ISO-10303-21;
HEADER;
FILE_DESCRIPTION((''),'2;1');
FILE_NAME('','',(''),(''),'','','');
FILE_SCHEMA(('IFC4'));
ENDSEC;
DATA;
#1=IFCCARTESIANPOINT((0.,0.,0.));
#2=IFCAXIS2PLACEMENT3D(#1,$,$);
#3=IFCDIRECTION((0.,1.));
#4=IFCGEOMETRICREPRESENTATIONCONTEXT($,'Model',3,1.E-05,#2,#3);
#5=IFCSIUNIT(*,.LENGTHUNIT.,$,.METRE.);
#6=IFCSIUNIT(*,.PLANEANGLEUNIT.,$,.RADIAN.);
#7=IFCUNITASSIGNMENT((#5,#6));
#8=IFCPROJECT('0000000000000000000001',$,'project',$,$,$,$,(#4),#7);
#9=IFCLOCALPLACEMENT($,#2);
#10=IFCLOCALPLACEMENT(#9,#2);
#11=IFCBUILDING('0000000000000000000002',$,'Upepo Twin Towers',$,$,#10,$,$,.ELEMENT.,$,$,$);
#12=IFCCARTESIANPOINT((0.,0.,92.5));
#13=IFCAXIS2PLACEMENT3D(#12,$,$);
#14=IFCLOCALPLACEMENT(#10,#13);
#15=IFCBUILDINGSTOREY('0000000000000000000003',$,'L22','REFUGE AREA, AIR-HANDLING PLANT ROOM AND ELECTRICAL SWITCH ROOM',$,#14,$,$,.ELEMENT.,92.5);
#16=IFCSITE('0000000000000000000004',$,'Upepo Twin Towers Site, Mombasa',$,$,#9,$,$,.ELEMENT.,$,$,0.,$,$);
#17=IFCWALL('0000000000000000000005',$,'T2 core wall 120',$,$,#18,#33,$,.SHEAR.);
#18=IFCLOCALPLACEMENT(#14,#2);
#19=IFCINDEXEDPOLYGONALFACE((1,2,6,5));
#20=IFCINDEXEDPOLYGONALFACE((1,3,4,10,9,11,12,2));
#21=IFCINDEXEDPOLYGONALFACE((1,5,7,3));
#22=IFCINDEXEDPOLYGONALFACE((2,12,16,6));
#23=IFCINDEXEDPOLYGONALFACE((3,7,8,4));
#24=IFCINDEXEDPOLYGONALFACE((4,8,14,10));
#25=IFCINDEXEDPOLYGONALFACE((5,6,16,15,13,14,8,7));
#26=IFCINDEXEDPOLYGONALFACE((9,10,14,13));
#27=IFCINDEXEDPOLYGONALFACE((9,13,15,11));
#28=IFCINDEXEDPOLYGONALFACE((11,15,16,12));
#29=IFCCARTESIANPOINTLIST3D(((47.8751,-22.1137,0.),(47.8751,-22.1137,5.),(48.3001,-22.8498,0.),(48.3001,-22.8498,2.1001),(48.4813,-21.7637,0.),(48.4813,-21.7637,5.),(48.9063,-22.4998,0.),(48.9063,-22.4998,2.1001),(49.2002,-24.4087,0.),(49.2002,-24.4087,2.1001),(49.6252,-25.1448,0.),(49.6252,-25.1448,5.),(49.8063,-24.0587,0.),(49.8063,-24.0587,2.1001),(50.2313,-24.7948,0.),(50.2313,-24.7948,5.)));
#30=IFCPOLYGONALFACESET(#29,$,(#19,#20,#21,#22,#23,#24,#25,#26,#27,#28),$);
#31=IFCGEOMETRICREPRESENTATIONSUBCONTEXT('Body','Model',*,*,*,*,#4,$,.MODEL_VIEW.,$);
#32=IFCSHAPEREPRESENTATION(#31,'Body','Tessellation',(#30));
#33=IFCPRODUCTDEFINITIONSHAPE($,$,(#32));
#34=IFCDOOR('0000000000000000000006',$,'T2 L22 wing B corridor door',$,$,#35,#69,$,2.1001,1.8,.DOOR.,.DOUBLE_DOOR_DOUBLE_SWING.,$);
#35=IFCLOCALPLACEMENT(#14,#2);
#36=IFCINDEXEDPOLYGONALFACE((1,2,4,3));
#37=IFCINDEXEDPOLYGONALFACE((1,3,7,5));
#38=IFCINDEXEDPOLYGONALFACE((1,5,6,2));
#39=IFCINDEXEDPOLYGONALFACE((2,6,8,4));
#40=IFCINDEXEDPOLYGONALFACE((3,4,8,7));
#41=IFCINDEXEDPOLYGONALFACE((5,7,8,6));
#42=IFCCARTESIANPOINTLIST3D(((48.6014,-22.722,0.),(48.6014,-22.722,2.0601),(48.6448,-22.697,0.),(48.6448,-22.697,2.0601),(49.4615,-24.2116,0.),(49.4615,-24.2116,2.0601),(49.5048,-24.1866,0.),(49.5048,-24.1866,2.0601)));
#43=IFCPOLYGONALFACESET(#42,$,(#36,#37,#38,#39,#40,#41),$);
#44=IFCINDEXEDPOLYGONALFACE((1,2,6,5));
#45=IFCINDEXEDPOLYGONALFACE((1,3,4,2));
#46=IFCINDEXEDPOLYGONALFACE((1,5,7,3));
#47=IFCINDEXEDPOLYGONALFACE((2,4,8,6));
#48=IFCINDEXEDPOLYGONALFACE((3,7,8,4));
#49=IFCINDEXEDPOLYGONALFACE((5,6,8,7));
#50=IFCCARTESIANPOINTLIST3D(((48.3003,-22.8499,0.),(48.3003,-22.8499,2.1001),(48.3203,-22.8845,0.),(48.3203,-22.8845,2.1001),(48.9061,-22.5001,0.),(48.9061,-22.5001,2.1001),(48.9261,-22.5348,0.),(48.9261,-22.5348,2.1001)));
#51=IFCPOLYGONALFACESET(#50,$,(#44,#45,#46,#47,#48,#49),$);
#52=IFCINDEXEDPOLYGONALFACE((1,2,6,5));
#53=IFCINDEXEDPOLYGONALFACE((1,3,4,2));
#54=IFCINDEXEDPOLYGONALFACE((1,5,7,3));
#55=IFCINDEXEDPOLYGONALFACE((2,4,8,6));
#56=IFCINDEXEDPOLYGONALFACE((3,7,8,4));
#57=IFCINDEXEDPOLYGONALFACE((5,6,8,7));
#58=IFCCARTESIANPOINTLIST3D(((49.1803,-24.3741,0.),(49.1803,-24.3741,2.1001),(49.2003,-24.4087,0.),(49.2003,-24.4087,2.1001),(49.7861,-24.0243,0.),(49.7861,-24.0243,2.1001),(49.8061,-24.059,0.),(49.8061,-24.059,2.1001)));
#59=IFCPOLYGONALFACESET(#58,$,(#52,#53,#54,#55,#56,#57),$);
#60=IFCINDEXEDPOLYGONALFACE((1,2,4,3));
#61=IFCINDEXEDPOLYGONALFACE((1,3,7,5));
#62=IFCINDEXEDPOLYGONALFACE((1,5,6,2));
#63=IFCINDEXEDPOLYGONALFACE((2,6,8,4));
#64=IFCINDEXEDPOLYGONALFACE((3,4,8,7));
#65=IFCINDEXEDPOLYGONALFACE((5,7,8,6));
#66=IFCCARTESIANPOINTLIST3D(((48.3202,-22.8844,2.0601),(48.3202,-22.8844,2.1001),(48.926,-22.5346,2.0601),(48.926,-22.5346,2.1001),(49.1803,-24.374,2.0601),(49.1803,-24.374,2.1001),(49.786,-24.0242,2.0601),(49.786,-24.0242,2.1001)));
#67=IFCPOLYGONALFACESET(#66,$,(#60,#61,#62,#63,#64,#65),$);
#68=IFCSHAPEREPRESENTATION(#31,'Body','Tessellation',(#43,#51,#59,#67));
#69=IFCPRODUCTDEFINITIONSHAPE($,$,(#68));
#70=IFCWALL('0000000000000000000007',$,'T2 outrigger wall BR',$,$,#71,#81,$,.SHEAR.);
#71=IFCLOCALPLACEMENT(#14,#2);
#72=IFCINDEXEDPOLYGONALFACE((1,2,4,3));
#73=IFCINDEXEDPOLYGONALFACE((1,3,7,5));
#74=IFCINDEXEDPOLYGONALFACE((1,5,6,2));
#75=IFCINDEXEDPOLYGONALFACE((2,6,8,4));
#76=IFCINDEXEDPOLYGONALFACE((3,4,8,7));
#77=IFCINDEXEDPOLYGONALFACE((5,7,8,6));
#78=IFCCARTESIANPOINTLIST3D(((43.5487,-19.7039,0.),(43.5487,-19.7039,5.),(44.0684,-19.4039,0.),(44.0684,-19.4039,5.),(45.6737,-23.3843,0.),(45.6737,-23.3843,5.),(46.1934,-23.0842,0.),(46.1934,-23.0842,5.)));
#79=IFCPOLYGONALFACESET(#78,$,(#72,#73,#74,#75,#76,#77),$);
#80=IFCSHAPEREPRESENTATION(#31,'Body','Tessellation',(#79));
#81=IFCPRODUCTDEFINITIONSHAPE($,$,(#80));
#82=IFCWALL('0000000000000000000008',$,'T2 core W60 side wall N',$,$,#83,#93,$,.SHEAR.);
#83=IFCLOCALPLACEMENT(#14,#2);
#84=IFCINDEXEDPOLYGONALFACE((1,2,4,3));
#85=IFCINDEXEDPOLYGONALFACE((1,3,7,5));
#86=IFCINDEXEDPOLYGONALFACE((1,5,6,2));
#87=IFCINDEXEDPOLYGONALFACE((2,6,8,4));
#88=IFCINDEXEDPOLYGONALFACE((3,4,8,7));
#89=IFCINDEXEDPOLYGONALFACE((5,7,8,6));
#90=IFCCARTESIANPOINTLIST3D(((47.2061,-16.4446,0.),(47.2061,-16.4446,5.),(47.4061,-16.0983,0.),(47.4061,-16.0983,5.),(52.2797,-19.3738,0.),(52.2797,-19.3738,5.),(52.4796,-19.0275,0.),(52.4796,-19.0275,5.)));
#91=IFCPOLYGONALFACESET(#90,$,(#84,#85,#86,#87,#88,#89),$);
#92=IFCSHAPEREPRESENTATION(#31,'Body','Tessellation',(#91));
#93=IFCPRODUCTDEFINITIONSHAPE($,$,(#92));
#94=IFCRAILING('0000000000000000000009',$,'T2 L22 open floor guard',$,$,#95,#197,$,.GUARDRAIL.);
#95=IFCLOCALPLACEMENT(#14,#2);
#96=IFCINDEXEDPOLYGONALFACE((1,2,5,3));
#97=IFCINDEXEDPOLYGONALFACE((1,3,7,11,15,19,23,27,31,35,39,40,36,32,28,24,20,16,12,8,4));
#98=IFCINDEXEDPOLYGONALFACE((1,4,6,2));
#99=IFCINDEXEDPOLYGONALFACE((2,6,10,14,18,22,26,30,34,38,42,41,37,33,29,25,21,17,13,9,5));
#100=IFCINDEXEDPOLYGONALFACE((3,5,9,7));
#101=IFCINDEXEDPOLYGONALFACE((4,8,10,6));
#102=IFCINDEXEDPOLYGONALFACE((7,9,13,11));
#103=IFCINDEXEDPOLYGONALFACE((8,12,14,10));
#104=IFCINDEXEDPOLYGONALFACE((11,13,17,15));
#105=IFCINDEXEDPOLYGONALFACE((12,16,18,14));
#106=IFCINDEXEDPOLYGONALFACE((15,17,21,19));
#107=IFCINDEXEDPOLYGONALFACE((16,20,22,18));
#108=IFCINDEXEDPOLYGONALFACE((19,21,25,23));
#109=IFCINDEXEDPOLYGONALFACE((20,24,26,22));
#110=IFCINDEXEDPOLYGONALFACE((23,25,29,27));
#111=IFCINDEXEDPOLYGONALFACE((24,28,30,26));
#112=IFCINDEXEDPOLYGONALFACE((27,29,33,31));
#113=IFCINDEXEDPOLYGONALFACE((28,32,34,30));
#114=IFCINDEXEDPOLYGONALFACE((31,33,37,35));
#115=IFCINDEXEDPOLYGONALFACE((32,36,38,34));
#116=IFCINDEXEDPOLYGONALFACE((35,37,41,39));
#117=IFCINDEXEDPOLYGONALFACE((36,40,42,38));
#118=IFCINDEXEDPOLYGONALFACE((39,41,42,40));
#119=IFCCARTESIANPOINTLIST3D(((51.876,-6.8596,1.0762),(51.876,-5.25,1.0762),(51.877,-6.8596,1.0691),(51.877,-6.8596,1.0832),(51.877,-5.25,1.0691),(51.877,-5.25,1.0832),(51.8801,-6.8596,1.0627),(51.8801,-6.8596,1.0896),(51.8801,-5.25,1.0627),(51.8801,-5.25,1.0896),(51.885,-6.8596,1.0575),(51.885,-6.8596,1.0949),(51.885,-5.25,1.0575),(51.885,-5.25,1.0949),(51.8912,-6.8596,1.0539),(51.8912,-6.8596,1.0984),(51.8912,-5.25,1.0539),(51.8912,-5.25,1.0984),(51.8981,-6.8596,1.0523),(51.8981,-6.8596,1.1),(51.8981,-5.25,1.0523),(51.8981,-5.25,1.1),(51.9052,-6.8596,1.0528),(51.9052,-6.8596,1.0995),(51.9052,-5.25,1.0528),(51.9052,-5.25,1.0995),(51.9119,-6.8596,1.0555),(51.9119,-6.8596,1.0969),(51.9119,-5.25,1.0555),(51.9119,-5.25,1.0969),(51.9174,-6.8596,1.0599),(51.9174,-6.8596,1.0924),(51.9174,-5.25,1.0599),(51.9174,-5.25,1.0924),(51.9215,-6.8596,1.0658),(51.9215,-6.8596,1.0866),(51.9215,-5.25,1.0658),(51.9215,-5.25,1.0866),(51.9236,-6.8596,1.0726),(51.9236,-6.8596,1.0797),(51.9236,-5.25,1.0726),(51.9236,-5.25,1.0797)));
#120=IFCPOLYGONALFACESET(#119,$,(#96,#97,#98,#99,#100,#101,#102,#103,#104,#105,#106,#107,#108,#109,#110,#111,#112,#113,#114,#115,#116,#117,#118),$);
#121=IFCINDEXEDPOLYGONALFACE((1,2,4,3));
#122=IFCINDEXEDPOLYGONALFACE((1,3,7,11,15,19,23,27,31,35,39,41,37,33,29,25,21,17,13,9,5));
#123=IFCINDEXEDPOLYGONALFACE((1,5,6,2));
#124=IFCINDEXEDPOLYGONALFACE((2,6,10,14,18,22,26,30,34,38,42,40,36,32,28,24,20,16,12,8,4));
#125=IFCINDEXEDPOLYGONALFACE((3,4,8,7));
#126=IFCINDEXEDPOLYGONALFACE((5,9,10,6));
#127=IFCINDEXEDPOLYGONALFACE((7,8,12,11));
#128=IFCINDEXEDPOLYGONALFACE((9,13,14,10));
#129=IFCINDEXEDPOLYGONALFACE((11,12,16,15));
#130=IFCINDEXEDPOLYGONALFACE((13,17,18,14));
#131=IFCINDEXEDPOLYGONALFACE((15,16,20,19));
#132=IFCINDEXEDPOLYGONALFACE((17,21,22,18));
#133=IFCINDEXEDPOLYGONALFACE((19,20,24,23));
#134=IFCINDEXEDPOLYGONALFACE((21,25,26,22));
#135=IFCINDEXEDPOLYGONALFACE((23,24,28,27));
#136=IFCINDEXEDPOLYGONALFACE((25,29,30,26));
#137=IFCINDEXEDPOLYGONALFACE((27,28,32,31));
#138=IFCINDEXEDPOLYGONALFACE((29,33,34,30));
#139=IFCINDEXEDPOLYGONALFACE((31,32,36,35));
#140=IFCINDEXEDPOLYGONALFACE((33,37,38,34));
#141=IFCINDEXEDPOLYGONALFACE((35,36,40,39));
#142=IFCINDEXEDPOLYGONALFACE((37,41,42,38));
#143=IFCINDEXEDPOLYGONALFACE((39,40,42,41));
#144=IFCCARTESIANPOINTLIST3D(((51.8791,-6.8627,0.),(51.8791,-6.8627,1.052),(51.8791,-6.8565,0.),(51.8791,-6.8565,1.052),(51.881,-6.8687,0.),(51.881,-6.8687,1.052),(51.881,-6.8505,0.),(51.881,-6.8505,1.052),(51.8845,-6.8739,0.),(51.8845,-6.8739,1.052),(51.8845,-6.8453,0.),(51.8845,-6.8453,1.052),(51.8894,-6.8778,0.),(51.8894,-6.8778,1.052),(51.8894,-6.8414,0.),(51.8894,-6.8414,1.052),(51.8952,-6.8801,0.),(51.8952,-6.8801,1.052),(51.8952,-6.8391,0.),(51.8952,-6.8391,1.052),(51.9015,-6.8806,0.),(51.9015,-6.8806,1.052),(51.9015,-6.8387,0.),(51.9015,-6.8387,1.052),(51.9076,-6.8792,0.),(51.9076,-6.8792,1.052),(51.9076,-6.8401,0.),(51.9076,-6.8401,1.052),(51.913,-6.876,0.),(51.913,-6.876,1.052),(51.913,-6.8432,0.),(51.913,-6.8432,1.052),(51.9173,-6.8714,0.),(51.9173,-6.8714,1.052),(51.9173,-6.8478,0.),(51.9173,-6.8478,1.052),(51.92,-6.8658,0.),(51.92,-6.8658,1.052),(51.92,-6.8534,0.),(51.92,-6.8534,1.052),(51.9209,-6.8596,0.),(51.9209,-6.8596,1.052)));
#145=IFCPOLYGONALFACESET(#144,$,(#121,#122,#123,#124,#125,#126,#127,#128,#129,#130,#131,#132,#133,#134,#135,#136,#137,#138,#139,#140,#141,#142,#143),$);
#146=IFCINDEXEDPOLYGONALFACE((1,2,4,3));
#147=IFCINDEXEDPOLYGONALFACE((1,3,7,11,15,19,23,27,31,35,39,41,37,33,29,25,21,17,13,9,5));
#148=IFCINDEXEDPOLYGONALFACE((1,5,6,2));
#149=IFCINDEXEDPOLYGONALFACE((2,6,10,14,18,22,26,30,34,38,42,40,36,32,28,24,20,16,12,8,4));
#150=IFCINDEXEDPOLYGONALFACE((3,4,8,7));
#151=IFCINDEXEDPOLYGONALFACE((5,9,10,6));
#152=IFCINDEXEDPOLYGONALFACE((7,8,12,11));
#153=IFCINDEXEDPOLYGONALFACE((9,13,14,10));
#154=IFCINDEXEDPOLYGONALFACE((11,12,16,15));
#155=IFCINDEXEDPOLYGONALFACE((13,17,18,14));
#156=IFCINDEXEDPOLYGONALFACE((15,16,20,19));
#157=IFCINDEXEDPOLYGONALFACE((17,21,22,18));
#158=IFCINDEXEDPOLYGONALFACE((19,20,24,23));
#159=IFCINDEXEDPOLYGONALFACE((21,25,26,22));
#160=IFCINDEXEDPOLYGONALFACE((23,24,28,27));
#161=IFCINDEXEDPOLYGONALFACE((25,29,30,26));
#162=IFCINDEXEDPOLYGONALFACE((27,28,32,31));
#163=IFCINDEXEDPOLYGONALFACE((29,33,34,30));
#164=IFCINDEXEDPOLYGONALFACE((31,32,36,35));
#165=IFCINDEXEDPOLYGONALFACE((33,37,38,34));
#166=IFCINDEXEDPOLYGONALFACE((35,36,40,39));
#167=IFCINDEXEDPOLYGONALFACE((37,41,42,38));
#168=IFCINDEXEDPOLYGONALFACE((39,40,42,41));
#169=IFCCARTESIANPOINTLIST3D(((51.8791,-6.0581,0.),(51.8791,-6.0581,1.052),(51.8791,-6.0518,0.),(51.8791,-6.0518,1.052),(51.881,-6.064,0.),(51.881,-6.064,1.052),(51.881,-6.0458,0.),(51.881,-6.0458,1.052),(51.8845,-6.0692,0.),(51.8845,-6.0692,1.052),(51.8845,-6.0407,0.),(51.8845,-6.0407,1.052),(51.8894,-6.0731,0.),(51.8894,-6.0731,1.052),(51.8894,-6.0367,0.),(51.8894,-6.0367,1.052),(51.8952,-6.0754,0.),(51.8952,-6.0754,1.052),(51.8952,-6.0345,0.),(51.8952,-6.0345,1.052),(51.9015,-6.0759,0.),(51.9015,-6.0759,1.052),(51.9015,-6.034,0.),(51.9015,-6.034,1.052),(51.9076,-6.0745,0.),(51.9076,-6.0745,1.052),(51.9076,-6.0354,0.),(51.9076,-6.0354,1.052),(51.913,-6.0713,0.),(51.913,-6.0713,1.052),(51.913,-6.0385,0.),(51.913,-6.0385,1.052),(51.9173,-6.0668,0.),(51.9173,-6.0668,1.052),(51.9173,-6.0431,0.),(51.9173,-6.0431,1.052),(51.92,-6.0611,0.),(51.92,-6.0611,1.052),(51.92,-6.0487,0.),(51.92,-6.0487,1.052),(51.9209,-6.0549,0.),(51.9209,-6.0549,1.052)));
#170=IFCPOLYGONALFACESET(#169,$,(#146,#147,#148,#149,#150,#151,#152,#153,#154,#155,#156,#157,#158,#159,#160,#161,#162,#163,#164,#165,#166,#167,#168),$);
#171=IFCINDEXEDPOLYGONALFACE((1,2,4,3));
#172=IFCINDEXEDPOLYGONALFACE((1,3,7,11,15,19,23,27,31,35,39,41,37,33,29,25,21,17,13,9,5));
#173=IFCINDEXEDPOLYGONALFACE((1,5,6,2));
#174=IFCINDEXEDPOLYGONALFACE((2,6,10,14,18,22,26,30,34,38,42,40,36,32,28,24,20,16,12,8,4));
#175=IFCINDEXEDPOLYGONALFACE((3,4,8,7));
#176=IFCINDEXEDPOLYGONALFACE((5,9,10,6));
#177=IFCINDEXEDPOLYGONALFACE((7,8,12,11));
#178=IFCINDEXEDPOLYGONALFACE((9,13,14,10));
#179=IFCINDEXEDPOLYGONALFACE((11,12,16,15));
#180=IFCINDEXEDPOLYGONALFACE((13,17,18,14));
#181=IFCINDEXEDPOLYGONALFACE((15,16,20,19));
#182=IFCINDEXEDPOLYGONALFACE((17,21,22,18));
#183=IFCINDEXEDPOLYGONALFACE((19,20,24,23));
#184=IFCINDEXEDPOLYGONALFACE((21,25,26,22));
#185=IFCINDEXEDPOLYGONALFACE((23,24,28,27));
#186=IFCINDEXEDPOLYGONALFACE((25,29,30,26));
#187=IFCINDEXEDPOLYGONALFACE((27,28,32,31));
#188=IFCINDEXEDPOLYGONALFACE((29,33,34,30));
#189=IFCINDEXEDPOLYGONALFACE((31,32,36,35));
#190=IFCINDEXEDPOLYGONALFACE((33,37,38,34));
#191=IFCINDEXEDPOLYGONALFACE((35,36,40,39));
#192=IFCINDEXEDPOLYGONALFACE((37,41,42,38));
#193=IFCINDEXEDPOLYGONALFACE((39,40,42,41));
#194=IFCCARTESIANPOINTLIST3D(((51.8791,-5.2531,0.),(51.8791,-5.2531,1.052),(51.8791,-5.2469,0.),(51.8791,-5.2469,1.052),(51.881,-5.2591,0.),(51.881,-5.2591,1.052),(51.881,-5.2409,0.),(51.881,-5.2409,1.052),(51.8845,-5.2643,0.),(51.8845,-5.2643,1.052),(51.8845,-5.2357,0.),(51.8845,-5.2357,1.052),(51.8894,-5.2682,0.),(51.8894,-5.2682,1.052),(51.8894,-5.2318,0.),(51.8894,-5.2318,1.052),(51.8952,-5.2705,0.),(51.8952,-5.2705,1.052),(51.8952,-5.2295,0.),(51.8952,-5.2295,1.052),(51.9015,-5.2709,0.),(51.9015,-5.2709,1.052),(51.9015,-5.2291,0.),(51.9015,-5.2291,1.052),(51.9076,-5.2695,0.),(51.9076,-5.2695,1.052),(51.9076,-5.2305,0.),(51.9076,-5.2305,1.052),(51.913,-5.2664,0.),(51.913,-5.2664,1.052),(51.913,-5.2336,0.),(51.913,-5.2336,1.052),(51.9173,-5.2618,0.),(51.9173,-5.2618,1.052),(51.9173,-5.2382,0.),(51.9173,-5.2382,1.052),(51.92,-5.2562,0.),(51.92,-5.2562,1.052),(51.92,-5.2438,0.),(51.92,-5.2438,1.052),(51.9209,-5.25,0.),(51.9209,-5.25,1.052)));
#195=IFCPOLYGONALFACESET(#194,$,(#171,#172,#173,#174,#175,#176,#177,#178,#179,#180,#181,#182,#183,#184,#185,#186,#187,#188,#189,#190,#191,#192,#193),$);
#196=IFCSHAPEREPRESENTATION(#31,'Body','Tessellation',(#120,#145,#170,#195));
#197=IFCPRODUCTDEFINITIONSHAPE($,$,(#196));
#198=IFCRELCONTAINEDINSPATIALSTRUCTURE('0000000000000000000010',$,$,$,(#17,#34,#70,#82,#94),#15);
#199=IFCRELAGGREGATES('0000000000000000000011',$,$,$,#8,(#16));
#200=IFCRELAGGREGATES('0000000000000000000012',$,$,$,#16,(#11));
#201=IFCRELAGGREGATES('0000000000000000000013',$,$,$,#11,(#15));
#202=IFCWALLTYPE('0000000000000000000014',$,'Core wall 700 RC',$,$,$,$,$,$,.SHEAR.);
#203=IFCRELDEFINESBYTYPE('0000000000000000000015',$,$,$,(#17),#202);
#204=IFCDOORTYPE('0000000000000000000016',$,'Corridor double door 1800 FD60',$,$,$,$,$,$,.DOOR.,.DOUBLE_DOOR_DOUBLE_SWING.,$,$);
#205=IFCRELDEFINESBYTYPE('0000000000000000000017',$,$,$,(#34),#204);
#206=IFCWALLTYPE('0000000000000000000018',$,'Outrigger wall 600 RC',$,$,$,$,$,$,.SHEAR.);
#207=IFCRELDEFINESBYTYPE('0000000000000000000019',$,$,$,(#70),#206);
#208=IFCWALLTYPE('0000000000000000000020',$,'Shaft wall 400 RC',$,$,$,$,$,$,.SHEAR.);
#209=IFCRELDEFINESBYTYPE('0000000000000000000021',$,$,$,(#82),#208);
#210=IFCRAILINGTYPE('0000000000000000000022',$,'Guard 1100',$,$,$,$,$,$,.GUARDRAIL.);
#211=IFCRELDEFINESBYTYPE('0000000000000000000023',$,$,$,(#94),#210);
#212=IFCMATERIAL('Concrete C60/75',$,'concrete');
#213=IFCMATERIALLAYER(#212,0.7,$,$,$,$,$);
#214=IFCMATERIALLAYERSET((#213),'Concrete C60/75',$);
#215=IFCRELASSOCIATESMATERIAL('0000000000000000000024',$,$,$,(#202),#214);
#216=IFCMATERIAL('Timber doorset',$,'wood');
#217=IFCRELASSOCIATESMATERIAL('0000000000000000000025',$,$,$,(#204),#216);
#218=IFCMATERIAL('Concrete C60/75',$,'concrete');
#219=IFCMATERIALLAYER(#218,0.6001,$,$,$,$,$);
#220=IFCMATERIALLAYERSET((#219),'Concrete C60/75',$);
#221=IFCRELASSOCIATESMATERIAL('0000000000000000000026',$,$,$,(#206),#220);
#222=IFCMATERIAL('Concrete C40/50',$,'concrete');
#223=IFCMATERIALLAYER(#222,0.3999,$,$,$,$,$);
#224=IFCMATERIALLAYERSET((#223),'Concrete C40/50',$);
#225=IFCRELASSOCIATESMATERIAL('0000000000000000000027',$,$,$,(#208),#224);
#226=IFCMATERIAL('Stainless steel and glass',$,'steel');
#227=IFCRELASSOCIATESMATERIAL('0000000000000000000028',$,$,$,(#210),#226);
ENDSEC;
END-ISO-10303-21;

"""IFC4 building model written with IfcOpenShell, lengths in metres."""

from ifc_helpers import new_model, si_unit, direction, frame, frame_2d, origin, origin_2d, place, context, subcontext, project, spatial, rectangle, circle, extrude, material, layer, layer_set, type_object, element, fill, save


model = new_model("IFC4")

# Units and contexts
model_context = context("Model", 3, precision=1e-05, world=origin(), true_north=direction((0.0, 1.0)))
body_context = subcontext(model_context, "Body", "Model", "MODEL_VIEW")
ifc_project = project(units=[si_unit("LENGTHUNIT", "METRE"), si_unit("PLANEANGLEUNIT", "RADIAN")], contexts=[model_context])

# Site, building, storey
site_placement = place(None, origin())
site = spatial("IfcSite", under=ifc_project, at=site_placement, Name="Upepo Twin Towers Site, Mombasa", CompositionType="ELEMENT", RefElevation=0.0)
building_placement = place(site_placement, origin())
building = spatial("IfcBuilding", under=site, at=building_placement, Name="Upepo Twin Towers", CompositionType="ELEMENT")
storey_placement = place(building_placement, frame((0.0, 0.0, 92.5)))
storey = spatial("IfcBuildingStorey", under=building, at=storey_placement, Name="L22", Description="REFUGE AREA, AIR-HANDLING PLANT ROOM AND ELECTRICAL SWITCH ROOM", CompositionType="ELEMENT", Elevation=92.5)

# Shared definitions
ifc_material_1 = material(Name="Concrete C60/75", Category="concrete")
ifc_layer_1 = layer(ifc_material_1, 0.7)
ifc_layer_set_1 = layer_set([ifc_layer_1], Name="Concrete C60/75")
wall_type_1 = type_object("IfcWallType", Name="Core wall 700 RC", PredefinedType="SHEAR", material=ifc_layer_set_1)

# Wall, opening, door
wall_1_placement = place(storey_placement, frame((48.1782, -21.9387, 0.0), z_axis=(0.0, 0.0, 1.0), x_axis=(0.50001, -0.866019, 0.0)))
wall_1 = element("IfcWall", 1, at=wall_1_placement, inside=storey, type_object=wall_type_1, Name="T2 core wall 120", PredefinedType="SHEAR", context=body_context, shape_type="SweptSolid", body=[
    extrude(rectangle(XDim=3.5, YDim=0.7, at=frame_2d((1.75, 0.0))), origin(), (0.0, 0.0, 1.0), 5.0),
])
opening_1_placement = place(wall_1_placement, frame((0.8501, 0.0, 0.0)))
opening_1 = element("IfcOpeningElement", 2, at=opening_1_placement, cuts=wall_1, PredefinedType="OPENING", context=body_context, shape_type="SweptSolid", body=[
    extrude(rectangle(XDim=1.8, YDim=2.1001, at=frame_2d((0.8999, 1.05))), frame((0.0, 0.3599, 0.0), z_axis=(0.0, -1.0, 0.0), x_axis=(1.0, 0.0, 0.0)), (0.0, 0.0, 1.0), 0.72),
])
ifc_material_2 = material(Name="Timber doorset", Category="wood")
door_type_1 = type_object("IfcDoorType", Name="Corridor double door 1800 FD60", OperationType="DOUBLE_DOOR_DOUBLE_SWING", PredefinedType="DOOR", material=ifc_material_2)
door_1_placement = place(opening_1_placement, origin())
door_1 = element("IfcDoor", 3, at=door_1_placement, inside=storey, type_object=door_type_1, Name="T2 L22 wing B corridor door", OperationType="DOUBLE_DOOR_DOUBLE_SWING", OverallHeight=2.1001, OverallWidth=1.8, PredefinedType="DOOR", context=body_context, shape_type="SweptSolid", body=[
    extrude(rectangle(XDim=1.72, YDim=2.0601, at=frame_2d((0.8999, 1.03))), frame((0.0, 0.0249, 0.0), z_axis=(0.0, -1.0, 0.0), x_axis=(1.0, 0.0, 0.0)), (0.0, 0.0, 1.0), 0.05),
    extrude(rectangle(XDim=0.04, YDim=2.1001, at=frame_2d((0.02, 1.05))), frame((0.0, 0.3496, 0.0), z_axis=(0.0, -1.0, 0.0), x_axis=(1.0, 0.0, 0.0)), (0.0, 0.0, 1.0), 0.6995),
    extrude(rectangle(XDim=0.04, YDim=2.1001, at=frame_2d((1.78, 1.05))), frame((0.0, 0.3496, 0.0), z_axis=(0.0, -1.0, 0.0), x_axis=(1.0, 0.0, 0.0)), (0.0, 0.0, 1.0), 0.6995),
    extrude(rectangle(XDim=1.72, YDim=0.04, at=frame_2d((0.8999, 2.0801))), frame((0.0, 0.3496, 0.0), z_axis=(0.0, -1.0, 0.0), x_axis=(1.0, 0.0, 0.0)), (0.0, 0.0, 1.0), 0.6995),
])
fill(opening_1, door_1)

# Wall
ifc_material_3 = material(Name="Concrete C60/75", Category="concrete")
ifc_layer_2 = layer(ifc_material_3, 0.6001)
ifc_layer_set_2 = layer_set([ifc_layer_2], Name="Concrete C60/75")
wall_type_2 = type_object("IfcWallType", Name="Outrigger wall 600 RC", PredefinedType="SHEAR", material=ifc_layer_set_2)
wall_2_placement = place(storey_placement, frame((45.9336, -23.2344, 0.0), z_axis=(0.0, 0.0, 1.0), x_axis=(-0.500019, 0.866014, 0.0)))
element("IfcWall", 4, at=wall_2_placement, inside=storey, type_object=wall_type_2, Name="T2 outrigger wall BR", PredefinedType="SHEAR", context=body_context, shape_type="SweptSolid", body=[
    extrude(rectangle(XDim=4.2498, YDim=0.6001, at=frame_2d((2.125, 0.0))), origin(), (0.0, 0.0, 1.0), 5.0),
])

# Wall
ifc_material_4 = material(Name="Concrete C40/50", Category="concrete")
ifc_layer_3 = layer(ifc_material_4, 0.3999)
ifc_layer_set_3 = layer_set([ifc_layer_3], Name="Concrete C40/50")
wall_type_3 = type_object("IfcWallType", Name="Shaft wall 400 RC", PredefinedType="SHEAR", material=ifc_layer_set_3)
wall_3_placement = place(storey_placement, frame((52.3796, -19.2007, 0.0), z_axis=(0.0, 0.0, 1.0), x_axis=(-0.866024, 0.500003, 0.0)))
element("IfcWall", 5, at=wall_3_placement, inside=storey, type_object=wall_type_3, Name="T2 core W60 side wall N", PredefinedType="SHEAR", context=body_context, shape_type="SweptSolid", body=[
    extrude(rectangle(XDim=5.8584, YDim=0.3999, at=frame_2d((2.9292, 0.0))), origin(), (0.0, 0.0, 1.0), 5.0),
])

# Railing
ifc_material_5 = material(Name="Stainless steel and glass", Category="steel")
railing_type = type_object("IfcRailingType", Name="Guard 1100", PredefinedType="GUARDRAIL", material=ifc_material_5)
railing_1_placement = place(storey_placement, frame((51.8999, -6.8596, 0.0)))
element("IfcRailing", 6, at=railing_1_placement, inside=storey, type_object=railing_type, Name="T2 L22 open floor guard", PredefinedType="GUARDRAIL", context=body_context, shape_type="SweptSolid", body=[
    extrude(circle(Radius=0.0239, at=origin_2d()), frame((0.0, 0.0, 1.0762), z_axis=(0.0, 1.0, 0.0), x_axis=(-1.0, 0.0, 0.0)), (0.0, 0.0, 1.0), 1.6096),
    extrude(circle(Radius=0.021, at=origin_2d()), origin(), (0.0, 0.0, 1.0), 1.052),
    extrude(circle(Radius=0.021, at=origin_2d()), frame((0.0, 0.8047, 0.0)), (0.0, 0.0, 1.0), 1.052),
    extrude(circle(Radius=0.021, at=origin_2d()), frame((0.0, 1.6096, 0.0)), (0.0, 0.0, 1.0), 1.052),
])

save(model, "model.ifc")
